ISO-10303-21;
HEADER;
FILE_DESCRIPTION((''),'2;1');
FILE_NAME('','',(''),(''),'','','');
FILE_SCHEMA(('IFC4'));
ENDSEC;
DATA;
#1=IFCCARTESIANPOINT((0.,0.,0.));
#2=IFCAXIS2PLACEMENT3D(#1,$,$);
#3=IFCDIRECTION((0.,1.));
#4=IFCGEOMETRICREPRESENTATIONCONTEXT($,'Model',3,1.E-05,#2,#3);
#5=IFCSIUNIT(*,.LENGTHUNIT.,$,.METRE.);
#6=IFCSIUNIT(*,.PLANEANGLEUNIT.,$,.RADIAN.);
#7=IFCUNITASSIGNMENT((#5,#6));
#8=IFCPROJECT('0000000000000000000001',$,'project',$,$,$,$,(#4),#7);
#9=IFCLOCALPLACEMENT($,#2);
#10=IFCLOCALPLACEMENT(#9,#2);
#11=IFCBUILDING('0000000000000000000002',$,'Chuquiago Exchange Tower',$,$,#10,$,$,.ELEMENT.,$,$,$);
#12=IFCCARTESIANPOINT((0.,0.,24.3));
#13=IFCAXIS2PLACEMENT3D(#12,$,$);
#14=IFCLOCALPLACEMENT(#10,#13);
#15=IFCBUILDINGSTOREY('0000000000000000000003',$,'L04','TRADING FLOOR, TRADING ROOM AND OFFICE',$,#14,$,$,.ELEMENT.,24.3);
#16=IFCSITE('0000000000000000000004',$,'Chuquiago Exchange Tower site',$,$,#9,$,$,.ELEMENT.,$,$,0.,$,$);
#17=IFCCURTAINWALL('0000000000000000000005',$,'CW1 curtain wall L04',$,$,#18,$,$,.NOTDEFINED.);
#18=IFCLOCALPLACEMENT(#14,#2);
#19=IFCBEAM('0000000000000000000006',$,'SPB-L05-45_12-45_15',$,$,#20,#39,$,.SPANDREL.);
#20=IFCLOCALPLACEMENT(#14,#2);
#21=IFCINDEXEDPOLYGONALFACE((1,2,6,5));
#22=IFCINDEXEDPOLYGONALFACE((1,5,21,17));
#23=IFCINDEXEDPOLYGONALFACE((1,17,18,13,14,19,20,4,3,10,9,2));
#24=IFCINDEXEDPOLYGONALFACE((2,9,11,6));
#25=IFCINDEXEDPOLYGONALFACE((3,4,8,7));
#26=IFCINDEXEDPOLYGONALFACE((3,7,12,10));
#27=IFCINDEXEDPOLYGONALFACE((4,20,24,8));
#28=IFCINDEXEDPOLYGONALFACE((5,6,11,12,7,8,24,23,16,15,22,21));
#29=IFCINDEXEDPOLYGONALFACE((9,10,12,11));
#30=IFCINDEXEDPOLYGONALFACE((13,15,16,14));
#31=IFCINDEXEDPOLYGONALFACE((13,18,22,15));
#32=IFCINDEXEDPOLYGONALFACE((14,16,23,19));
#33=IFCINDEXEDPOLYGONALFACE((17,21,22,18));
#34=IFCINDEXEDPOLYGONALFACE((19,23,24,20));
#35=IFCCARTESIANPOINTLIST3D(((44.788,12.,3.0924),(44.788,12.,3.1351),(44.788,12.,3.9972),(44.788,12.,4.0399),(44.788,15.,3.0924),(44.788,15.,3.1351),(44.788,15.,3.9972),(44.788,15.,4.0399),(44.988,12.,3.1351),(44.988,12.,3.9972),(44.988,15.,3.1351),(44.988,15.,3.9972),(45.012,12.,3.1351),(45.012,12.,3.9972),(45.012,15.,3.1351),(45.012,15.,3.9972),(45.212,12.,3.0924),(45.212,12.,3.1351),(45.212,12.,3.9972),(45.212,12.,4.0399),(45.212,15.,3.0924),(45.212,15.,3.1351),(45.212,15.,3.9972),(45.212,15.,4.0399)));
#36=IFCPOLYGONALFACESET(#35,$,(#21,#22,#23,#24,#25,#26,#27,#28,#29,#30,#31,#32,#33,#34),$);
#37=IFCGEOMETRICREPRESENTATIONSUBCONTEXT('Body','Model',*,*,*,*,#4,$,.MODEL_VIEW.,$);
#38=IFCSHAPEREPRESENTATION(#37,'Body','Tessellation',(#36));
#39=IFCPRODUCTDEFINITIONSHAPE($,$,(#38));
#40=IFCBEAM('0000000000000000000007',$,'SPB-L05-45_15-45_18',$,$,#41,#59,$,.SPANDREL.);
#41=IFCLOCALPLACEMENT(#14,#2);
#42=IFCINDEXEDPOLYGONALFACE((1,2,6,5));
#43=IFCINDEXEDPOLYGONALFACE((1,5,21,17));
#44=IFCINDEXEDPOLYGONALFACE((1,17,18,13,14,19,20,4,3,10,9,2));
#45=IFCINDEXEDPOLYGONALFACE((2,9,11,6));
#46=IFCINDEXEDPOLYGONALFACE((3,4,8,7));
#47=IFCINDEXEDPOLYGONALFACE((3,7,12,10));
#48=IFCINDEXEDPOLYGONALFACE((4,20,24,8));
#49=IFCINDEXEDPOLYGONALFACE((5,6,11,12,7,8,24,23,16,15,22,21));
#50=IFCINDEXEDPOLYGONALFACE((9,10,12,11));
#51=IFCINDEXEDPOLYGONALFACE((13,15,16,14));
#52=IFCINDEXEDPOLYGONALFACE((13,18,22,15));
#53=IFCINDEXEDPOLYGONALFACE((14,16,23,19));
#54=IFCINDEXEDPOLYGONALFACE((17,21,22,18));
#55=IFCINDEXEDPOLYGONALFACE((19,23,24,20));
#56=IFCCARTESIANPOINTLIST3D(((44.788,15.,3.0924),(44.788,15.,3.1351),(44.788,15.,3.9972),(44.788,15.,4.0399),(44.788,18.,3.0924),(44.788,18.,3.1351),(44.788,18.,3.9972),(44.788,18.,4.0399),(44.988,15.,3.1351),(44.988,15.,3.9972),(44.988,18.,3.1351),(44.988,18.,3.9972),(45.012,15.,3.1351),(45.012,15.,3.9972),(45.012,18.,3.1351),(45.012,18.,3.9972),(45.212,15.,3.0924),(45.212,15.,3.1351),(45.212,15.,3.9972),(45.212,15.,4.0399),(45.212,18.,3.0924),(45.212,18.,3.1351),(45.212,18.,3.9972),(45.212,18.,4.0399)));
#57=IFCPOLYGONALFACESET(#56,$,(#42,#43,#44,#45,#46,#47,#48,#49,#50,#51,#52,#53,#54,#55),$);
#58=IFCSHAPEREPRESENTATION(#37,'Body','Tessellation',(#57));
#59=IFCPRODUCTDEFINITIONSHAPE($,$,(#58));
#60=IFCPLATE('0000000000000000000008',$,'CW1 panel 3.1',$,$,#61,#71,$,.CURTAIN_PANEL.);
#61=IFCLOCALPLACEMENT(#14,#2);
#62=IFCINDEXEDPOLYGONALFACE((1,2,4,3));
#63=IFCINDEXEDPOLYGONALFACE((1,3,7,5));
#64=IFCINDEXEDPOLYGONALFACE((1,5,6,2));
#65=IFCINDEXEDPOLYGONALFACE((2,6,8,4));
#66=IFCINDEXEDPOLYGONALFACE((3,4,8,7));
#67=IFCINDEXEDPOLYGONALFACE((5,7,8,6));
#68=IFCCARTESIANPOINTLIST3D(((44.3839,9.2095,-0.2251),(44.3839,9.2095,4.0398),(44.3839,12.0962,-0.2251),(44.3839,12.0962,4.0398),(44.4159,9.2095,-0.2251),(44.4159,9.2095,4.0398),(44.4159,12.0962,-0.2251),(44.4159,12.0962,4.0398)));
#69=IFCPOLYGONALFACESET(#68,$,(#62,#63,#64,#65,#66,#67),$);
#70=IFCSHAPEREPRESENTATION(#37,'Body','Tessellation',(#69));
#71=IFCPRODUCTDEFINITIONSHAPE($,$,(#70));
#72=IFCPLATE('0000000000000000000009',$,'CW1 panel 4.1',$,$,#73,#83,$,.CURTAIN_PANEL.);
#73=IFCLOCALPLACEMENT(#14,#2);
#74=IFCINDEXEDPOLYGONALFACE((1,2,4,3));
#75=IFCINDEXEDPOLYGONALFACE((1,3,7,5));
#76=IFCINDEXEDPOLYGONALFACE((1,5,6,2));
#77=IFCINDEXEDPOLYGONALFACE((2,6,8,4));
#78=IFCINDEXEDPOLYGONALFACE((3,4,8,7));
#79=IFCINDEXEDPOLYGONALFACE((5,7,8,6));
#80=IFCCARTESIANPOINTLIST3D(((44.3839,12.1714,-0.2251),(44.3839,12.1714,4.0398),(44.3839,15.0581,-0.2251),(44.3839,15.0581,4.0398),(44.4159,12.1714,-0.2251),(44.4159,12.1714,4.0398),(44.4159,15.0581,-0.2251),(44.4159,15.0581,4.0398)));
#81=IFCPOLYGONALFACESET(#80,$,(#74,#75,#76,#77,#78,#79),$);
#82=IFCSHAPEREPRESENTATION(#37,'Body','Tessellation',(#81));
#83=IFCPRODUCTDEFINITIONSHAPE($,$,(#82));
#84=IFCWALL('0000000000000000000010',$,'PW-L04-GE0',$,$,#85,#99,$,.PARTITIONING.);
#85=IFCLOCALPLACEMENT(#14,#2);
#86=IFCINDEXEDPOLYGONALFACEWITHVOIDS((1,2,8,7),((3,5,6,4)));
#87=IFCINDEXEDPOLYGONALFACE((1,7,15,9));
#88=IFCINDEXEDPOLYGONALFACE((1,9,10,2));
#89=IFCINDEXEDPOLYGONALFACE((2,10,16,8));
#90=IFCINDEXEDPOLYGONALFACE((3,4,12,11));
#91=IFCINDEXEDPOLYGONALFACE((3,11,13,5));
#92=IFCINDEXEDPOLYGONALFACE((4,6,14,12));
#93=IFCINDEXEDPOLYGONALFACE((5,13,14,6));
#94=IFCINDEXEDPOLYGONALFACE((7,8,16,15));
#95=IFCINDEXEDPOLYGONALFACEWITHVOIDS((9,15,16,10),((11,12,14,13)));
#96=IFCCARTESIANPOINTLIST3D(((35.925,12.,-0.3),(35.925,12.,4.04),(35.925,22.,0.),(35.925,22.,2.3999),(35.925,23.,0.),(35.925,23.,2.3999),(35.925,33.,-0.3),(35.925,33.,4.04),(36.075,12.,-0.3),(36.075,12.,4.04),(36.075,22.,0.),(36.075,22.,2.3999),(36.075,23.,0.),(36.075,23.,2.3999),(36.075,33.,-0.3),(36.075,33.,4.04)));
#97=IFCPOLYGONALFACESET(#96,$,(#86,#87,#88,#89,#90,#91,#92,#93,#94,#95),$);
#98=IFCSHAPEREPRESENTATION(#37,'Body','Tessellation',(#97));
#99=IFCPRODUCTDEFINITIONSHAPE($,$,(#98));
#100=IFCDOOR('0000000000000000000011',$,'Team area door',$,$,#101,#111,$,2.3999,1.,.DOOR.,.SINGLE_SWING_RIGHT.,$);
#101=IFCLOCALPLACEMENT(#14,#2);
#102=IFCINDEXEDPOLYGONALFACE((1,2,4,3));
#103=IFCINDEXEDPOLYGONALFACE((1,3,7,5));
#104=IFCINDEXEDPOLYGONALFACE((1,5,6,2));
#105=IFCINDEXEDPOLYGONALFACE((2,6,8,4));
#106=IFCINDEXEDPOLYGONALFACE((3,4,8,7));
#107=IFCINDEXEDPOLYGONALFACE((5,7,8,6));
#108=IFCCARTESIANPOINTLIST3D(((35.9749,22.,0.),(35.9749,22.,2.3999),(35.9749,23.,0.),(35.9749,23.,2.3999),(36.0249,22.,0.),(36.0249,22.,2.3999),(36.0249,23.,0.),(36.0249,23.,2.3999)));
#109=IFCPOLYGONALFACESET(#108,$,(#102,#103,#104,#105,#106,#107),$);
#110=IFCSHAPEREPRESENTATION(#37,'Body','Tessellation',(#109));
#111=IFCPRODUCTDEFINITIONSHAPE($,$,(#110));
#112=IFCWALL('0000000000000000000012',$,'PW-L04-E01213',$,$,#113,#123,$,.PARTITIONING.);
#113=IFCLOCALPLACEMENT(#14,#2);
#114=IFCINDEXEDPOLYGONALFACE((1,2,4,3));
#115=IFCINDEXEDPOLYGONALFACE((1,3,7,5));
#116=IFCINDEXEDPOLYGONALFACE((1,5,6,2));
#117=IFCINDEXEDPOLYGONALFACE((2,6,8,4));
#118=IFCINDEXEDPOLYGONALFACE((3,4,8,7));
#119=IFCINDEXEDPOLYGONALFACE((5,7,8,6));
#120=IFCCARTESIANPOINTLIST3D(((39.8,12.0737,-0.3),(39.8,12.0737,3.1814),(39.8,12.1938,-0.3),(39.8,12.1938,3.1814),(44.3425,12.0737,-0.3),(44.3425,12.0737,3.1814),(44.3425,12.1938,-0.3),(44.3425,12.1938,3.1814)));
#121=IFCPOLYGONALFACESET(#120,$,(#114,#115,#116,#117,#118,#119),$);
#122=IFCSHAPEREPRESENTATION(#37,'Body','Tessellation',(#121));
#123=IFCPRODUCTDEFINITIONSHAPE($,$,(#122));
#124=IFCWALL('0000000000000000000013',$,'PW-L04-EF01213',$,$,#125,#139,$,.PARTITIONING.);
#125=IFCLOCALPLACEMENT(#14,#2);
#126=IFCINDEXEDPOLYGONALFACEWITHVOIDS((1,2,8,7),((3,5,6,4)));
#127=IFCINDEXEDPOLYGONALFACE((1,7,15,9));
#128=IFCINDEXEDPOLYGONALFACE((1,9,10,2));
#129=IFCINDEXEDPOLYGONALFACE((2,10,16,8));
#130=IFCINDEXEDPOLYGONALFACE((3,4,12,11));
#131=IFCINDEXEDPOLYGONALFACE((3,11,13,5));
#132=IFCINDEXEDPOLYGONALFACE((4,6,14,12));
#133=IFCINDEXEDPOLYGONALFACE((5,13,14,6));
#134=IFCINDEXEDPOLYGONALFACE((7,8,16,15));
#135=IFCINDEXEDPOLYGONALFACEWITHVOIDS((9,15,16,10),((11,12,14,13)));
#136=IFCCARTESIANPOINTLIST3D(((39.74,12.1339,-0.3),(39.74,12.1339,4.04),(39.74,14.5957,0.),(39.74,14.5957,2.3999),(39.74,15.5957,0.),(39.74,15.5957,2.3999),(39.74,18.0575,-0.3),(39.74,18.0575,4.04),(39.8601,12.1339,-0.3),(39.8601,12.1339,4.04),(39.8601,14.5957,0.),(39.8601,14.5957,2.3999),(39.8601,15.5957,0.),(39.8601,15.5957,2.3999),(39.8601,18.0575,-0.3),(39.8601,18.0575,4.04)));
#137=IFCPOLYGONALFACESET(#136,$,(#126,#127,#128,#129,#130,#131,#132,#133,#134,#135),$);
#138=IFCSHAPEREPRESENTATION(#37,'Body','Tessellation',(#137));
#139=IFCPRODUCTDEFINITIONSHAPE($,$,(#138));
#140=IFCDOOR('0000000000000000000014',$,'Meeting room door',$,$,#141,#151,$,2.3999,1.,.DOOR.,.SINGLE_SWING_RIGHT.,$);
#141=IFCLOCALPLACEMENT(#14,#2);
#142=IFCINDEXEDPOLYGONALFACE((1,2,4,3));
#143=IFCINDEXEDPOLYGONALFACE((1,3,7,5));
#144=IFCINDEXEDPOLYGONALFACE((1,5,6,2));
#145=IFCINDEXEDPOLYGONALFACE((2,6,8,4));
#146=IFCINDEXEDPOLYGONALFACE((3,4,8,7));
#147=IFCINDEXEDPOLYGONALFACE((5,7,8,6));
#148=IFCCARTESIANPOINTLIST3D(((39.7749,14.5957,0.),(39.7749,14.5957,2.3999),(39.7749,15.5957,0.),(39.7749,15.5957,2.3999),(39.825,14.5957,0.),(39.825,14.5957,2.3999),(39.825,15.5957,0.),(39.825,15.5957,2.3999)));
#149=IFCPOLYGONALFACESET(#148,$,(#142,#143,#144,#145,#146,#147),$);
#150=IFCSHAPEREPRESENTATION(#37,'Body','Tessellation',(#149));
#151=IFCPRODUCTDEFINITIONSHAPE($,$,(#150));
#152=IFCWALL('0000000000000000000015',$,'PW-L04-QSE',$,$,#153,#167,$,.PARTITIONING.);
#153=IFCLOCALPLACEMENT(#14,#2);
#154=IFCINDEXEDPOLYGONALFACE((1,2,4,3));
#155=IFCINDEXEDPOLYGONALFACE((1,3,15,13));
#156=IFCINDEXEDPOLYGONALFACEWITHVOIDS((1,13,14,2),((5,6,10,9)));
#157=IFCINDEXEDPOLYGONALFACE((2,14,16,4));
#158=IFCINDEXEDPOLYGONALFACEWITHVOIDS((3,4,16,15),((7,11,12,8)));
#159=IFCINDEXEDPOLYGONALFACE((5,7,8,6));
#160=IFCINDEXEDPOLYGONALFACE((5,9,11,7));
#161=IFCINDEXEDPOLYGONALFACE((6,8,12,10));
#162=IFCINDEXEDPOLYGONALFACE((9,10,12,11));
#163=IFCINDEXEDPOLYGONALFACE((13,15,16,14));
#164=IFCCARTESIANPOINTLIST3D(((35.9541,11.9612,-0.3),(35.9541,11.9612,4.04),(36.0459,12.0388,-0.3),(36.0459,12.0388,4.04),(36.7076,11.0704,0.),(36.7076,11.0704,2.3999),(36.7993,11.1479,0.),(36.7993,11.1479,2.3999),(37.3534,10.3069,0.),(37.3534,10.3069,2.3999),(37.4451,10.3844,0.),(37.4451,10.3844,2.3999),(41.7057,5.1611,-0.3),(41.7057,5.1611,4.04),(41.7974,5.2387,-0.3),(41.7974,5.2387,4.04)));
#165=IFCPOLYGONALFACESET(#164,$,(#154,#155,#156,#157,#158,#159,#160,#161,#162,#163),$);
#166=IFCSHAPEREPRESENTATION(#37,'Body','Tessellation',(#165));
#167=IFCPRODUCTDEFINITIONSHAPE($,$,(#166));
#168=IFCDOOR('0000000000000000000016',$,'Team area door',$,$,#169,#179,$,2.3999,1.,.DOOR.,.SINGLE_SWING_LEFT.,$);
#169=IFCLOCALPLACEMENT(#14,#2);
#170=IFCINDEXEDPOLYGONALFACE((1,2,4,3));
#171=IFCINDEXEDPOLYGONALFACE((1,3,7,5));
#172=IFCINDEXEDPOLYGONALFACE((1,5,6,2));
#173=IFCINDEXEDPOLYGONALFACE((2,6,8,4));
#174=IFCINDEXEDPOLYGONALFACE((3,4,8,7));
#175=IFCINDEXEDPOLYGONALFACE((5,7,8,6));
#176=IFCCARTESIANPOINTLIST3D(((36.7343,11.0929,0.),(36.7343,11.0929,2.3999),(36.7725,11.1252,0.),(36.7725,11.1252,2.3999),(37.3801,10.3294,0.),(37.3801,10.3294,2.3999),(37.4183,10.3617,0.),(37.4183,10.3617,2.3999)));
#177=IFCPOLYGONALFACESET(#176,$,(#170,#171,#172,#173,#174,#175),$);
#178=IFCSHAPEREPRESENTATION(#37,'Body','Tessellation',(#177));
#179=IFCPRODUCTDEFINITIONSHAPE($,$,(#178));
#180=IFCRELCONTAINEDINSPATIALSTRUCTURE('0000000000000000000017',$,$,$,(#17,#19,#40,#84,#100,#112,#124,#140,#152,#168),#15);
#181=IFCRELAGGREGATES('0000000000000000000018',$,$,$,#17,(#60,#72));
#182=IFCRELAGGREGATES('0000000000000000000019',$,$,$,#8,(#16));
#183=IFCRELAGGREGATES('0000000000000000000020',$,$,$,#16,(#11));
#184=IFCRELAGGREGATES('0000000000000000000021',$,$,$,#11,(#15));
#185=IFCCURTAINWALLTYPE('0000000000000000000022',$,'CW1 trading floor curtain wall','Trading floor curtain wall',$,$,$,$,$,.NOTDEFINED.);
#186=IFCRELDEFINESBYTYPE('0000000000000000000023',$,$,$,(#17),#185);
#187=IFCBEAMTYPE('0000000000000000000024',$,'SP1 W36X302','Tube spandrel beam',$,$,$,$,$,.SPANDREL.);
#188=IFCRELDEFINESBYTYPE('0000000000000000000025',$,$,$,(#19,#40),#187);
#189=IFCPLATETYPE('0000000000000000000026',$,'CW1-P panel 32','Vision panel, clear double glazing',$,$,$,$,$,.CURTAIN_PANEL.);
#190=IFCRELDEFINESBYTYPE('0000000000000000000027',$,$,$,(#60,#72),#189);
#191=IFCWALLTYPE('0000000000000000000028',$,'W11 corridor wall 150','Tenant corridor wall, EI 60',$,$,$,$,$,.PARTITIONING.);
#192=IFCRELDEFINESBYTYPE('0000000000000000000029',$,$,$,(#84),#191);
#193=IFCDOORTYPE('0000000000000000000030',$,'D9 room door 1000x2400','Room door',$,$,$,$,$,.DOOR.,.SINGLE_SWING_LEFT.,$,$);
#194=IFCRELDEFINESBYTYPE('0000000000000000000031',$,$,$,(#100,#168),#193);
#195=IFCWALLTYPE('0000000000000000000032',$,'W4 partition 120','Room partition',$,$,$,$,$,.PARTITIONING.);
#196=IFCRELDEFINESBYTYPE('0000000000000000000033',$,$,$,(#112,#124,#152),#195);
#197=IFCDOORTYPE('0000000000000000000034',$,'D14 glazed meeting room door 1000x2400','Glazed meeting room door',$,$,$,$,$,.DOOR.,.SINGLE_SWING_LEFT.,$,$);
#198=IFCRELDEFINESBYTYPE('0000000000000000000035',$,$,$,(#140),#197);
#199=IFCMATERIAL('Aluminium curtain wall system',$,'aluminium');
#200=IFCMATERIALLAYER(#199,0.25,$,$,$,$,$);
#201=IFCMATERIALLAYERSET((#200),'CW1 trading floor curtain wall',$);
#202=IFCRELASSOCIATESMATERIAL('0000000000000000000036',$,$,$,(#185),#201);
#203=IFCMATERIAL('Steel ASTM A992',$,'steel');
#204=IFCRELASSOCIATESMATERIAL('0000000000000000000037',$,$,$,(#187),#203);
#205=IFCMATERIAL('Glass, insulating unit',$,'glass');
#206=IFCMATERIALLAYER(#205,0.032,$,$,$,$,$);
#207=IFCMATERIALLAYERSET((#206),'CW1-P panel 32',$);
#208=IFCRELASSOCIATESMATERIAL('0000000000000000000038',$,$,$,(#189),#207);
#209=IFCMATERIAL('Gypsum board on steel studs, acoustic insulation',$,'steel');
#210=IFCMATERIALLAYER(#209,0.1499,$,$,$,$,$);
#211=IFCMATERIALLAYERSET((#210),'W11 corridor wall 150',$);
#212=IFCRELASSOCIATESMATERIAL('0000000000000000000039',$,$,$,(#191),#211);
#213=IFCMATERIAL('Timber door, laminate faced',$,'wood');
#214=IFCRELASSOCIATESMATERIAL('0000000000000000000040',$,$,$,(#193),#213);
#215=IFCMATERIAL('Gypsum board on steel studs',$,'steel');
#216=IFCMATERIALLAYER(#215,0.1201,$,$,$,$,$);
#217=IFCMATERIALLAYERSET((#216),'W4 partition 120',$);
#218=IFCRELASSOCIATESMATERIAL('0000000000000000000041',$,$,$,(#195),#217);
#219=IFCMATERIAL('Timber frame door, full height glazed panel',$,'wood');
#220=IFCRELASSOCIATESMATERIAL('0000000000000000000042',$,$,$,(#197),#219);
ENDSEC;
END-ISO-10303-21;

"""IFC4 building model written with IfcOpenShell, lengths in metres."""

from ifc_helpers import new_model, si_unit, direction, frame, frame_2d, origin, origin_2d, place, context, subcontext, project, spatial, rectangle, i_section, extrude, material, layer, layer_set, material_profile, profile_set, type_object, element, fill, aggregate, save


model = new_model("IFC4")

# Units and contexts
model_context = context("Model", 3, precision=1e-05, world=origin(), true_north=direction((0.0, 1.0)))
body_context = subcontext(model_context, "Body", "Model", "MODEL_VIEW")
ifc_project = project(units=[si_unit("LENGTHUNIT", "METRE"), si_unit("PLANEANGLEUNIT", "RADIAN")], contexts=[model_context])

# Site, building, storey
site_placement = place(None, origin())
site = spatial("IfcSite", under=ifc_project, at=site_placement, Name="Chuquiago Exchange Tower site", CompositionType="ELEMENT", RefElevation=0.0)
building_placement = place(site_placement, origin())
building = spatial("IfcBuilding", under=site, at=building_placement, Name="Chuquiago Exchange Tower", CompositionType="ELEMENT")
storey_placement = place(building_placement, frame((0.0, 0.0, 24.3)))
storey = spatial("IfcBuildingStorey", under=building, at=storey_placement, Name="L04", Description="TRADING FLOOR, TRADING ROOM AND OFFICE", CompositionType="ELEMENT", Elevation=24.3)

# Curtain wall
ifc_material_1 = material(Name="Aluminium curtain wall system", Category="aluminium")
ifc_layer_1 = layer(ifc_material_1, 0.25)
ifc_layer_set_1 = layer_set([ifc_layer_1], Name="CW1 trading floor curtain wall")
curtain_wall_type = type_object("IfcCurtainWallType", Name="CW1 trading floor curtain wall", Description="Trading floor curtain wall", PredefinedType="NOTDEFINED", material=ifc_layer_set_1)
curtain_wall_placement = place(storey_placement, origin())
curtain_wall = element("IfcCurtainWall", 1, at=curtain_wall_placement, inside=storey, type_object=curtain_wall_type, Name="CW1 curtain wall L04", PredefinedType="NOTDEFINED")

# Beams
ifc_material_2 = material(Name="Steel ASTM A992", Category="steel")
ifc_material_profile_1 = material_profile(ifc_material_2, i_section(OverallWidth=0.4241, OverallDepth=0.9475, WebThickness=0.0239, FlangeThickness=0.0427, at=origin_2d()), Name="W36X302")
ifc_profile_set_1 = profile_set([ifc_material_profile_1], Name="Steel ASTM A992")
beam_type = type_object("IfcBeamType", Name="SP1 W36X302", Description="Tube spandrel beam", PredefinedType="SPANDREL", material=ifc_profile_set_1)
for number, where, z_axis, x_axis, name in (
    (2, (45.0, 12.0, 3.5662), (0.0, 1.0, 0.0), (-1.0, 0.0, 0.0), "SPB-L05-45_12-45_15"),
    (3, (45.0, 15.0, 3.5662), (0.0, 1.0, 0.0), (-1.0, 0.0, 0.0), "SPB-L05-45_15-45_18"),
):
    element("IfcBeam", number, at=place(storey_placement, frame(where, z_axis=z_axis, x_axis=x_axis)), inside=storey, type_object=beam_type, Name=name, PredefinedType="SPANDREL", context=body_context, shape_type="SweptSolid", body=[
        extrude(i_section(OverallWidth=0.4241, OverallDepth=0.9475, WebThickness=0.0239, FlangeThickness=0.0427, at=origin_2d()), origin(), (0.0, 0.0, 1.0), 3.0),
    ])

# Plates
ifc_material_3 = material(Name="Glass, insulating unit", Category="glass")
ifc_layer_2 = layer(ifc_material_3, 0.032)
ifc_layer_set_2 = layer_set([ifc_layer_2], Name="CW1-P panel 32")
plate_type = type_object("IfcPlateType", Name="CW1-P panel 32", Description="Vision panel, clear double glazing", PredefinedType="CURTAIN_PANEL", material=ifc_layer_set_2)
plate_1_placement = place(storey_placement, frame((44.3999, 10.6528, -0.2251), z_axis=(0.0, 0.0, 1.0), x_axis=(0.0, 1.0, 0.0)))
plate_1 = element("IfcPlate", 4, at=plate_1_placement, type_object=plate_type, Name="CW1 panel 3.1", PredefinedType="CURTAIN_PANEL", context=body_context, shape_type="SweptSolid", body=[
    extrude(rectangle(XDim=2.8867, YDim=0.032, at=origin_2d()), origin(), (0.0, 0.0, 1.0), 4.2649),
])
plate_2_placement = place(storey_placement, frame((44.3999, 13.6147, -0.2251), z_axis=(0.0, 0.0, 1.0), x_axis=(0.0, 1.0, 0.0)))
plate_2 = element("IfcPlate", 5, at=plate_2_placement, type_object=plate_type, Name="CW1 panel 4.1", PredefinedType="CURTAIN_PANEL", context=body_context, shape_type="SweptSolid", body=[
    extrude(rectangle(XDim=2.8867, YDim=0.032, at=origin_2d()), origin(), (0.0, 0.0, 1.0), 4.2649),
])
aggregate(curtain_wall, [plate_1, plate_2])

# Wall, opening, door
ifc_material_4 = material(Name="Gypsum board on steel studs, acoustic insulation", Category="steel")
ifc_layer_3 = layer(ifc_material_4, 0.1499)
ifc_layer_set_3 = layer_set([ifc_layer_3], Name="W11 corridor wall 150")
wall_type_1 = type_object("IfcWallType", Name="W11 corridor wall 150", Description="Tenant corridor wall, EI 60", PredefinedType="PARTITIONING", material=ifc_layer_set_3)
wall_1_placement = place(storey_placement, frame((36.0, 12.0, -0.3), z_axis=(0.0, 0.0, 1.0), x_axis=(0.0, 1.0, 0.0)))
wall_1 = element("IfcWall", 6, at=wall_1_placement, inside=storey, type_object=wall_type_1, Name="PW-L04-GE0", PredefinedType="PARTITIONING", context=body_context, shape_type="SweptSolid", body=[
    extrude(rectangle(XDim=21.0, YDim=0.1499, at=frame_2d((10.5, 0.0))), origin(), (0.0, 0.0, 1.0), 4.3401),
])
opening_1_placement = place(wall_1_placement, frame((10.0, 0.0, 0.3)))
opening_1 = element("IfcOpeningElement", 7, at=opening_1_placement, cuts=wall_1, PredefinedType="OPENING", context=body_context, shape_type="SweptSolid", body=[
    extrude(rectangle(XDim=1.0, YDim=2.3999, at=frame_2d((0.5, 1.2))), frame((0.0, 0.085, 0.0), z_axis=(0.0, -1.0, 0.0), x_axis=(1.0, 0.0, 0.0)), (0.0, 0.0, 1.0), 0.1699),
])
ifc_material_5 = material(Name="Timber door, laminate faced", Category="wood")
door_type_1 = type_object("IfcDoorType", Name="D9 room door 1000x2400", Description="Room door", OperationType="SINGLE_SWING_LEFT", PredefinedType="DOOR", material=ifc_material_5)
door_1_placement = place(opening_1_placement, frame((1.0, 0.0, 0.0), z_axis=(0.0, 0.0, 1.0), x_axis=(-1.0, 0.0, 0.0)))
door_1 = element("IfcDoor", 8, at=door_1_placement, inside=storey, type_object=door_type_1, Name="Team area door", OperationType="SINGLE_SWING_RIGHT", OverallHeight=2.3999, OverallWidth=1.0, PredefinedType="DOOR", context=body_context, shape_type="SweptSolid", body=[
    extrude(rectangle(XDim=1.0, YDim=2.3999, at=frame_2d((0.5, 1.2))), frame((0.0, 0.0249, 0.0), z_axis=(0.0, -1.0, 0.0), x_axis=(1.0, 0.0, 0.0)), (0.0, 0.0, 1.0), 0.05),
])
fill(opening_1, door_1)

# Wall
ifc_material_6 = material(Name="Gypsum board on steel studs", Category="steel")
ifc_layer_4 = layer(ifc_material_6, 0.1201)
ifc_layer_set_4 = layer_set([ifc_layer_4], Name="W4 partition 120")
wall_type_2 = type_object("IfcWallType", Name="W4 partition 120", Description="Room partition", PredefinedType="PARTITIONING", material=ifc_layer_set_4)
wall_2_placement = place(storey_placement, frame((44.3425, 12.1338, -0.3), z_axis=(0.0, 0.0, 1.0), x_axis=(-1.0, 0.0, 0.0)))
element("IfcWall", 9, at=wall_2_placement, inside=storey, type_object=wall_type_2, Name="PW-L04-E01213", PredefinedType="PARTITIONING", context=body_context, shape_type="SweptSolid", body=[
    extrude(rectangle(XDim=4.5425, YDim=0.1201, at=frame_2d((2.2712, 0.0))), origin(), (0.0, 0.0, 1.0), 3.4814),
])

# Walls, openings, doors
wall_3_placement = place(storey_placement, frame((39.8, 12.1338, -0.3), z_axis=(0.0, 0.0, 1.0), x_axis=(0.0, 1.0, 0.0)))
wall_3 = element("IfcWall", 10, at=wall_3_placement, inside=storey, type_object=wall_type_2, Name="PW-L04-EF01213", PredefinedType="PARTITIONING", context=body_context, shape_type="SweptSolid", body=[
    extrude(rectangle(XDim=5.9236, YDim=0.1201, at=frame_2d((2.9619, 0.0))), origin(), (0.0, 0.0, 1.0), 4.3401),
])
opening_2_placement = place(wall_3_placement, frame((2.4619, 0.0, 0.3)))
opening_2 = element("IfcOpeningElement", 11, at=opening_2_placement, cuts=wall_3, PredefinedType="OPENING", context=body_context, shape_type="SweptSolid", body=[
    extrude(rectangle(XDim=1.0, YDim=2.3999, at=frame_2d((0.5, 1.2))), frame((0.0, 0.0701, 0.0), z_axis=(0.0, -1.0, 0.0), x_axis=(1.0, 0.0, 0.0)), (0.0, 0.0, 1.0), 0.1401),
])
ifc_material_7 = material(Name="Timber frame door, full height glazed panel", Category="wood")
door_type_2 = type_object("IfcDoorType", Name="D14 glazed meeting room door 1000x2400", Description="Glazed meeting room door", OperationType="SINGLE_SWING_LEFT", PredefinedType="DOOR", material=ifc_material_7)
door_2_placement = place(opening_2_placement, frame((1.0, 0.0, 0.0), z_axis=(0.0, 0.0, 1.0), x_axis=(-1.0, 0.0, 0.0)))
door_2 = element("IfcDoor", 12, at=door_2_placement, inside=storey, type_object=door_type_2, Name="Meeting room door", OperationType="SINGLE_SWING_RIGHT", OverallHeight=2.3999, OverallWidth=1.0, PredefinedType="DOOR", context=body_context, shape_type="SweptSolid", body=[
    extrude(rectangle(XDim=1.0, YDim=2.3999, at=frame_2d((0.5, 1.2))), frame((0.0, 0.0249, 0.0), z_axis=(0.0, -1.0, 0.0), x_axis=(1.0, 0.0, 0.0)), (0.0, 0.0, 1.0), 0.05),
])
fill(opening_2, door_2)
wall_4_placement = place(storey_placement, frame((36.0, 12.0, -0.3), z_axis=(0.0, 0.0, 1.0), x_axis=(0.645784, -0.76352, 0.0)))
wall_4 = element("IfcWall", 13, at=wall_4_placement, inside=storey, type_object=wall_type_2, Name="PW-L04-QSE", PredefinedType="PARTITIONING", context=body_context, shape_type="SweptSolid", body=[
    extrude(rectangle(XDim=8.9062, YDim=0.1201, at=frame_2d((4.4531, 0.0))), origin(), (0.0, 0.0, 1.0), 4.3401),
])
opening_3_placement = place(wall_4_placement, frame((1.1667, 0.0, 0.3)))
opening_3 = element("IfcOpeningElement", 14, at=opening_3_placement, cuts=wall_4, PredefinedType="OPENING", context=body_context, shape_type="SweptSolid", body=[
    extrude(rectangle(XDim=1.0, YDim=2.3999, at=frame_2d((0.5, 1.2))), frame((0.0, 0.0701, 0.0), z_axis=(0.0, -1.0, 0.0), x_axis=(1.0, 0.0, 0.0)), (0.0, 0.0, 1.0), 0.1401),
])
door_3_placement = place(opening_3_placement, origin())
door_3 = element("IfcDoor", 15, at=door_3_placement, inside=storey, type_object=door_type_1, Name="Team area door", OperationType="SINGLE_SWING_LEFT", OverallHeight=2.3999, OverallWidth=1.0, PredefinedType="DOOR", context=body_context, shape_type="SweptSolid", body=[
    extrude(rectangle(XDim=1.0, YDim=2.3999, at=frame_2d((0.5, 1.2))), frame((0.0, 0.0249, 0.0), z_axis=(0.0, -1.0, 0.0), x_axis=(1.0, 0.0, 0.0)), (0.0, 0.0, 1.0), 0.05),
])
fill(opening_3, door_3)

save(model, "model.ifc")
